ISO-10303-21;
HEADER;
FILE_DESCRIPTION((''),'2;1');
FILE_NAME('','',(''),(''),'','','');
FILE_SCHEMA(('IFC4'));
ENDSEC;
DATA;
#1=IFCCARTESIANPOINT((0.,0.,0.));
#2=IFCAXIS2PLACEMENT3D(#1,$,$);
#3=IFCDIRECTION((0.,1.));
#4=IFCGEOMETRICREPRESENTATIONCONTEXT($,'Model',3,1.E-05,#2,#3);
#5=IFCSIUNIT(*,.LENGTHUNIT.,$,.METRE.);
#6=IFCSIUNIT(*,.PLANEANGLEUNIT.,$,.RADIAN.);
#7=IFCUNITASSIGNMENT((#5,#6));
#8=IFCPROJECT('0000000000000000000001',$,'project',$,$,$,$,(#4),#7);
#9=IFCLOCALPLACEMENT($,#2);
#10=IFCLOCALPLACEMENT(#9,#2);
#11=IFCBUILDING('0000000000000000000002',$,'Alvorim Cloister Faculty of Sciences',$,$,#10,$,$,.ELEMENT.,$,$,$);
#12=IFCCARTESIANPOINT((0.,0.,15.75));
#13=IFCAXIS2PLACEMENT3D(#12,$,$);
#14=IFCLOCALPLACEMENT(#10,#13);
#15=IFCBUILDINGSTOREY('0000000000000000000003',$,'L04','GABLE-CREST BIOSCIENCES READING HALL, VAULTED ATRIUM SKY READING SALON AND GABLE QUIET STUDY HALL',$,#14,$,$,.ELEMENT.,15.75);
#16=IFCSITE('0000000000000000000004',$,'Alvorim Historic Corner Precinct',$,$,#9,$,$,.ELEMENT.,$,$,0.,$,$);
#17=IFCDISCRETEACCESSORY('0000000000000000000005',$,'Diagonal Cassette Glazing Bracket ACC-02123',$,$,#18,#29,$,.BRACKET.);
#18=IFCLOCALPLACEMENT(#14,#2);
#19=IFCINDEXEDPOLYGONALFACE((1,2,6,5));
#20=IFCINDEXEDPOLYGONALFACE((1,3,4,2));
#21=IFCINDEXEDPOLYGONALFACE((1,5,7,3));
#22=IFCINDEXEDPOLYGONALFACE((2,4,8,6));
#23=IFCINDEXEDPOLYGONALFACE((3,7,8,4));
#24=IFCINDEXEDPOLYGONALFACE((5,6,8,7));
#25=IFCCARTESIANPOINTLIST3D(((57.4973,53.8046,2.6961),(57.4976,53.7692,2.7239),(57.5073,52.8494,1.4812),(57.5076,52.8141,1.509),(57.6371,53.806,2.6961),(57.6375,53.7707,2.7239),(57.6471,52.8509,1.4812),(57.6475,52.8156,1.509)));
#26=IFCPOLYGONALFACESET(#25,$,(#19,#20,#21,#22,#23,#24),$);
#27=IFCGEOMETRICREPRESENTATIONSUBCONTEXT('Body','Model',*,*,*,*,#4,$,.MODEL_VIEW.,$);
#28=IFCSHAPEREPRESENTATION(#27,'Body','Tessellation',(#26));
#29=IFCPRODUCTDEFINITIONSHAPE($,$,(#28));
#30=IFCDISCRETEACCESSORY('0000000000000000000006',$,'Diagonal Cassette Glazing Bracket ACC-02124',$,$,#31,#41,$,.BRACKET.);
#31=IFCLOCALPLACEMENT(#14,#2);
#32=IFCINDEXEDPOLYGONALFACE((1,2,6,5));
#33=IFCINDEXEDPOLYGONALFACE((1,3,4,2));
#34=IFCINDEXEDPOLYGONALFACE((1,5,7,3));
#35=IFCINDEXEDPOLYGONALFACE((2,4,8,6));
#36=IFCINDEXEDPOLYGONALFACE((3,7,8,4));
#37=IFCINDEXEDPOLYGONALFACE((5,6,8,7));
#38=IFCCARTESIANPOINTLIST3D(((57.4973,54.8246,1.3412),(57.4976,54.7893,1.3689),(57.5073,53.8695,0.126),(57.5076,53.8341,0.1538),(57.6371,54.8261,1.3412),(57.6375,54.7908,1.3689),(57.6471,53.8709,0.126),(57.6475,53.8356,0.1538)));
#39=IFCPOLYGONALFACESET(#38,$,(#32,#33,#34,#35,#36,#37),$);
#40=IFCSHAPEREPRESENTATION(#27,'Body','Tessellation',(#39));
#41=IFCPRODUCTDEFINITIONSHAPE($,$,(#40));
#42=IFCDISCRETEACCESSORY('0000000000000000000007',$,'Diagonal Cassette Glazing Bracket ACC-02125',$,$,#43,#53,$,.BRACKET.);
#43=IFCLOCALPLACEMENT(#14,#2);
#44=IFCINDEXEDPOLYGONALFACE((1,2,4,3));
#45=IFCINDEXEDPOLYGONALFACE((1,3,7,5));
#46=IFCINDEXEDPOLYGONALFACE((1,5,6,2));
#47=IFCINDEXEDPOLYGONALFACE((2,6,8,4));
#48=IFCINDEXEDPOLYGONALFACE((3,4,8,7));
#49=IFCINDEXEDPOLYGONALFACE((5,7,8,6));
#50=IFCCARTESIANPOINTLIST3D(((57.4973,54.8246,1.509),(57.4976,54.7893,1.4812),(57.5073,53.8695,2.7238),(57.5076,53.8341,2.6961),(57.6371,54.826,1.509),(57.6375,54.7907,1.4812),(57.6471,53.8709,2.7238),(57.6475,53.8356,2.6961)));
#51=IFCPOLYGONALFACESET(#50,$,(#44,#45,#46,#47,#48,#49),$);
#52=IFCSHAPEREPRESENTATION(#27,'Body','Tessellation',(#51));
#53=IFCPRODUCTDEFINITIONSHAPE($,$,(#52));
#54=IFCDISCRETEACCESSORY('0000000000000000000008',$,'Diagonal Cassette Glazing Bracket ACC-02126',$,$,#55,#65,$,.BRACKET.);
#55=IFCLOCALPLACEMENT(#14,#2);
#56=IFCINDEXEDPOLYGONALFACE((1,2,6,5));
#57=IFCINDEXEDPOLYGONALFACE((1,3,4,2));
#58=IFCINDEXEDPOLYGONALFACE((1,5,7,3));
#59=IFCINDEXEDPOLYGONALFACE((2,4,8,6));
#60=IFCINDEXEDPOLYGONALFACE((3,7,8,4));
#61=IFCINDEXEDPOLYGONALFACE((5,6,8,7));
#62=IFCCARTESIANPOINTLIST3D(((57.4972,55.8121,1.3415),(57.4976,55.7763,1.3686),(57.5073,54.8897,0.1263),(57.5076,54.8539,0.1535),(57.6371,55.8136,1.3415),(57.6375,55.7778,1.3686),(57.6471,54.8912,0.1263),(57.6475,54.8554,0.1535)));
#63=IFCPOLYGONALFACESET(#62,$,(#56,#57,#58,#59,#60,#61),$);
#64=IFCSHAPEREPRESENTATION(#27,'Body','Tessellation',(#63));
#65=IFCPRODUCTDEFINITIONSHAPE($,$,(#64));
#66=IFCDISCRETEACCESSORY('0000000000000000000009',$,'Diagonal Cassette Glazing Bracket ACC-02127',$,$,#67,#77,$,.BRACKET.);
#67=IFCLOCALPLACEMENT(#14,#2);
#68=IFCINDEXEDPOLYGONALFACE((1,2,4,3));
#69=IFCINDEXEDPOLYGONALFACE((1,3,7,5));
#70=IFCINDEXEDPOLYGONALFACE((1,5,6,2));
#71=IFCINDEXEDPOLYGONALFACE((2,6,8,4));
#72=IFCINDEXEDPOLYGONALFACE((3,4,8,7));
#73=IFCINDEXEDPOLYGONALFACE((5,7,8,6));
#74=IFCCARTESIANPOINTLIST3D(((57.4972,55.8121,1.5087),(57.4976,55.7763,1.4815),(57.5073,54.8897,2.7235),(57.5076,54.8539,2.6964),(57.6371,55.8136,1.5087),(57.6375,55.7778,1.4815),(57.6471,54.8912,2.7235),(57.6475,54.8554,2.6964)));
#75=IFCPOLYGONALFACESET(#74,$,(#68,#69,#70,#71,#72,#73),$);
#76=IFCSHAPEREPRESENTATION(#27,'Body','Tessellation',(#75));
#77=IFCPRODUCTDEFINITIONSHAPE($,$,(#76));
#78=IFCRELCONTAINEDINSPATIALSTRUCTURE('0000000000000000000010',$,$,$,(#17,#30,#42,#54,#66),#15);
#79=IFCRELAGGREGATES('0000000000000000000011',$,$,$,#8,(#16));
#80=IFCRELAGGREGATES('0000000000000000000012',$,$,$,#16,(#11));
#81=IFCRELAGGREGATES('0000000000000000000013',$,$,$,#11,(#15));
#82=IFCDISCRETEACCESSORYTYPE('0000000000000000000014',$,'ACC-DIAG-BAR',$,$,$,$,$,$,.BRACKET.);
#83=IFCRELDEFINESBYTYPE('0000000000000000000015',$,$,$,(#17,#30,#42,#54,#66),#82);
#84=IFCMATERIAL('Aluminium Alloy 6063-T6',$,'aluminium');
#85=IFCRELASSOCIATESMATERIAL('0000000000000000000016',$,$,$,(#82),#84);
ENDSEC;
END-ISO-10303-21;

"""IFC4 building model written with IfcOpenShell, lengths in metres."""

from ifc_helpers import new_model, si_unit, direction, frame, origin, origin_2d, place, context, subcontext, project, spatial, rectangle, extrude, material, type_object, element, save


model = new_model("IFC4")

# Units and contexts
model_context = context("Model", 3, precision=1e-05, world=origin(), true_north=direction((0.0, 1.0)))
body_context = subcontext(model_context, "Body", "Model", "MODEL_VIEW")
ifc_project = project(units=[si_unit("LENGTHUNIT", "METRE"), si_unit("PLANEANGLEUNIT", "RADIAN")], contexts=[model_context])

# Site, building, storey
site_placement = place(None, origin())
site = spatial("IfcSite", under=ifc_project, at=site_placement, Name="Alvorim Historic Corner Precinct", CompositionType="ELEMENT", RefElevation=0.0)
building_placement = place(site_placement, origin())
building = spatial("IfcBuilding", under=site, at=building_placement, Name="Alvorim Cloister Faculty of Sciences", CompositionType="ELEMENT")
storey_placement = place(building_placement, frame((0.0, 0.0, 15.75)))
storey = spatial("IfcBuildingStorey", under=building, at=storey_placement, Name="L04", Description="GABLE-CREST BIOSCIENCES READING HALL, VAULTED ATRIUM SKY READING SALON AND GABLE QUIET STUDY HALL", CompositionType="ELEMENT", Elevation=15.75)

# Shared definitions
ifc_material_1 = material(Name="Aluminium Alloy 6063-T6", Category="aluminium")

# Discrete accessories
discrete_accessory_type = type_object("IfcDiscreteAccessoryType", Name="ACC-DIAG-BAR", PredefinedType="BRACKET", material=ifc_material_1)
discrete_accessory_1_placement = place(storey_placement, frame((57.5774, 52.8325, 1.4951), z_axis=(-0.006477, 0.618032, 0.786126), x_axis=(-0.999945, -0.01048, 0.0)))
element("IfcDiscreteAccessory", 1, at=discrete_accessory_1_placement, inside=storey, type_object=discrete_accessory_type, Name="Diagonal Cassette Glazing Bracket ACC-02123", PredefinedType="BRACKET", context=body_context, shape_type="SweptSolid", body=[
    extrude(rectangle(XDim=0.1399, YDim=0.0449, at=origin_2d()), origin(), (0.0, 0.0, 1.0), 1.5454),
])
discrete_accessory_2_placement = place(storey_placement, frame((57.5774, 53.8525, 0.1399), z_axis=(-0.006477, 0.617955, 0.786187), x_axis=(-0.999945, -0.01048, 0.0)))
element("IfcDiscreteAccessory", 2, at=discrete_accessory_2_placement, inside=storey, type_object=discrete_accessory_type, Name="Diagonal Cassette Glazing Bracket ACC-02124", PredefinedType="BRACKET", context=body_context, shape_type="SweptSolid", body=[
    extrude(rectangle(XDim=0.1399, YDim=0.0449, at=origin_2d()), origin(), (0.0, 0.0, 1.0), 1.5457),
])
discrete_accessory_3_placement = place(storey_placement, frame((57.5774, 53.8525, 2.71), z_axis=(-0.006477, 0.618032, -0.786126), x_axis=(-0.999945, -0.01048, 0.0)))
element("IfcDiscreteAccessory", 3, at=discrete_accessory_3_placement, inside=storey, type_object=discrete_accessory_type, Name="Diagonal Cassette Glazing Bracket ACC-02125", PredefinedType="BRACKET", context=body_context, shape_type="SweptSolid", body=[
    extrude(rectangle(XDim=0.1399, YDim=0.0449, at=origin_2d()), origin(), (0.0, 0.0, 1.0), 1.5454),
])
discrete_accessory_4_placement = place(storey_placement, frame((57.5774, 54.8726, 0.1399), z_axis=(-0.006561, 0.604612, 0.796493), x_axis=(-0.999941, -0.010852, 0.0)))
element("IfcDiscreteAccessory", 4, at=discrete_accessory_4_placement, inside=storey, type_object=discrete_accessory_type, Name="Diagonal Cassette Glazing Bracket ACC-02126", PredefinedType="BRACKET", context=body_context, shape_type="SweptSolid", body=[
    extrude(rectangle(XDim=0.1399, YDim=0.0449, at=origin_2d()), origin(), (0.0, 0.0, 1.0), 1.5256),
])
discrete_accessory_5_placement = place(storey_placement, frame((57.5774, 54.8726, 2.71), z_axis=(-0.006562, 0.604689, -0.796435), x_axis=(-0.999941, -0.010852, 0.0)))
element("IfcDiscreteAccessory", 5, at=discrete_accessory_5_placement, inside=storey, type_object=discrete_accessory_type, Name="Diagonal Cassette Glazing Bracket ACC-02127", PredefinedType="BRACKET", context=body_context, shape_type="SweptSolid", body=[
    extrude(rectangle(XDim=0.1399, YDim=0.0449, at=origin_2d()), origin(), (0.0, 0.0, 1.0), 1.5254),
])

save(model, "model.ifc")
